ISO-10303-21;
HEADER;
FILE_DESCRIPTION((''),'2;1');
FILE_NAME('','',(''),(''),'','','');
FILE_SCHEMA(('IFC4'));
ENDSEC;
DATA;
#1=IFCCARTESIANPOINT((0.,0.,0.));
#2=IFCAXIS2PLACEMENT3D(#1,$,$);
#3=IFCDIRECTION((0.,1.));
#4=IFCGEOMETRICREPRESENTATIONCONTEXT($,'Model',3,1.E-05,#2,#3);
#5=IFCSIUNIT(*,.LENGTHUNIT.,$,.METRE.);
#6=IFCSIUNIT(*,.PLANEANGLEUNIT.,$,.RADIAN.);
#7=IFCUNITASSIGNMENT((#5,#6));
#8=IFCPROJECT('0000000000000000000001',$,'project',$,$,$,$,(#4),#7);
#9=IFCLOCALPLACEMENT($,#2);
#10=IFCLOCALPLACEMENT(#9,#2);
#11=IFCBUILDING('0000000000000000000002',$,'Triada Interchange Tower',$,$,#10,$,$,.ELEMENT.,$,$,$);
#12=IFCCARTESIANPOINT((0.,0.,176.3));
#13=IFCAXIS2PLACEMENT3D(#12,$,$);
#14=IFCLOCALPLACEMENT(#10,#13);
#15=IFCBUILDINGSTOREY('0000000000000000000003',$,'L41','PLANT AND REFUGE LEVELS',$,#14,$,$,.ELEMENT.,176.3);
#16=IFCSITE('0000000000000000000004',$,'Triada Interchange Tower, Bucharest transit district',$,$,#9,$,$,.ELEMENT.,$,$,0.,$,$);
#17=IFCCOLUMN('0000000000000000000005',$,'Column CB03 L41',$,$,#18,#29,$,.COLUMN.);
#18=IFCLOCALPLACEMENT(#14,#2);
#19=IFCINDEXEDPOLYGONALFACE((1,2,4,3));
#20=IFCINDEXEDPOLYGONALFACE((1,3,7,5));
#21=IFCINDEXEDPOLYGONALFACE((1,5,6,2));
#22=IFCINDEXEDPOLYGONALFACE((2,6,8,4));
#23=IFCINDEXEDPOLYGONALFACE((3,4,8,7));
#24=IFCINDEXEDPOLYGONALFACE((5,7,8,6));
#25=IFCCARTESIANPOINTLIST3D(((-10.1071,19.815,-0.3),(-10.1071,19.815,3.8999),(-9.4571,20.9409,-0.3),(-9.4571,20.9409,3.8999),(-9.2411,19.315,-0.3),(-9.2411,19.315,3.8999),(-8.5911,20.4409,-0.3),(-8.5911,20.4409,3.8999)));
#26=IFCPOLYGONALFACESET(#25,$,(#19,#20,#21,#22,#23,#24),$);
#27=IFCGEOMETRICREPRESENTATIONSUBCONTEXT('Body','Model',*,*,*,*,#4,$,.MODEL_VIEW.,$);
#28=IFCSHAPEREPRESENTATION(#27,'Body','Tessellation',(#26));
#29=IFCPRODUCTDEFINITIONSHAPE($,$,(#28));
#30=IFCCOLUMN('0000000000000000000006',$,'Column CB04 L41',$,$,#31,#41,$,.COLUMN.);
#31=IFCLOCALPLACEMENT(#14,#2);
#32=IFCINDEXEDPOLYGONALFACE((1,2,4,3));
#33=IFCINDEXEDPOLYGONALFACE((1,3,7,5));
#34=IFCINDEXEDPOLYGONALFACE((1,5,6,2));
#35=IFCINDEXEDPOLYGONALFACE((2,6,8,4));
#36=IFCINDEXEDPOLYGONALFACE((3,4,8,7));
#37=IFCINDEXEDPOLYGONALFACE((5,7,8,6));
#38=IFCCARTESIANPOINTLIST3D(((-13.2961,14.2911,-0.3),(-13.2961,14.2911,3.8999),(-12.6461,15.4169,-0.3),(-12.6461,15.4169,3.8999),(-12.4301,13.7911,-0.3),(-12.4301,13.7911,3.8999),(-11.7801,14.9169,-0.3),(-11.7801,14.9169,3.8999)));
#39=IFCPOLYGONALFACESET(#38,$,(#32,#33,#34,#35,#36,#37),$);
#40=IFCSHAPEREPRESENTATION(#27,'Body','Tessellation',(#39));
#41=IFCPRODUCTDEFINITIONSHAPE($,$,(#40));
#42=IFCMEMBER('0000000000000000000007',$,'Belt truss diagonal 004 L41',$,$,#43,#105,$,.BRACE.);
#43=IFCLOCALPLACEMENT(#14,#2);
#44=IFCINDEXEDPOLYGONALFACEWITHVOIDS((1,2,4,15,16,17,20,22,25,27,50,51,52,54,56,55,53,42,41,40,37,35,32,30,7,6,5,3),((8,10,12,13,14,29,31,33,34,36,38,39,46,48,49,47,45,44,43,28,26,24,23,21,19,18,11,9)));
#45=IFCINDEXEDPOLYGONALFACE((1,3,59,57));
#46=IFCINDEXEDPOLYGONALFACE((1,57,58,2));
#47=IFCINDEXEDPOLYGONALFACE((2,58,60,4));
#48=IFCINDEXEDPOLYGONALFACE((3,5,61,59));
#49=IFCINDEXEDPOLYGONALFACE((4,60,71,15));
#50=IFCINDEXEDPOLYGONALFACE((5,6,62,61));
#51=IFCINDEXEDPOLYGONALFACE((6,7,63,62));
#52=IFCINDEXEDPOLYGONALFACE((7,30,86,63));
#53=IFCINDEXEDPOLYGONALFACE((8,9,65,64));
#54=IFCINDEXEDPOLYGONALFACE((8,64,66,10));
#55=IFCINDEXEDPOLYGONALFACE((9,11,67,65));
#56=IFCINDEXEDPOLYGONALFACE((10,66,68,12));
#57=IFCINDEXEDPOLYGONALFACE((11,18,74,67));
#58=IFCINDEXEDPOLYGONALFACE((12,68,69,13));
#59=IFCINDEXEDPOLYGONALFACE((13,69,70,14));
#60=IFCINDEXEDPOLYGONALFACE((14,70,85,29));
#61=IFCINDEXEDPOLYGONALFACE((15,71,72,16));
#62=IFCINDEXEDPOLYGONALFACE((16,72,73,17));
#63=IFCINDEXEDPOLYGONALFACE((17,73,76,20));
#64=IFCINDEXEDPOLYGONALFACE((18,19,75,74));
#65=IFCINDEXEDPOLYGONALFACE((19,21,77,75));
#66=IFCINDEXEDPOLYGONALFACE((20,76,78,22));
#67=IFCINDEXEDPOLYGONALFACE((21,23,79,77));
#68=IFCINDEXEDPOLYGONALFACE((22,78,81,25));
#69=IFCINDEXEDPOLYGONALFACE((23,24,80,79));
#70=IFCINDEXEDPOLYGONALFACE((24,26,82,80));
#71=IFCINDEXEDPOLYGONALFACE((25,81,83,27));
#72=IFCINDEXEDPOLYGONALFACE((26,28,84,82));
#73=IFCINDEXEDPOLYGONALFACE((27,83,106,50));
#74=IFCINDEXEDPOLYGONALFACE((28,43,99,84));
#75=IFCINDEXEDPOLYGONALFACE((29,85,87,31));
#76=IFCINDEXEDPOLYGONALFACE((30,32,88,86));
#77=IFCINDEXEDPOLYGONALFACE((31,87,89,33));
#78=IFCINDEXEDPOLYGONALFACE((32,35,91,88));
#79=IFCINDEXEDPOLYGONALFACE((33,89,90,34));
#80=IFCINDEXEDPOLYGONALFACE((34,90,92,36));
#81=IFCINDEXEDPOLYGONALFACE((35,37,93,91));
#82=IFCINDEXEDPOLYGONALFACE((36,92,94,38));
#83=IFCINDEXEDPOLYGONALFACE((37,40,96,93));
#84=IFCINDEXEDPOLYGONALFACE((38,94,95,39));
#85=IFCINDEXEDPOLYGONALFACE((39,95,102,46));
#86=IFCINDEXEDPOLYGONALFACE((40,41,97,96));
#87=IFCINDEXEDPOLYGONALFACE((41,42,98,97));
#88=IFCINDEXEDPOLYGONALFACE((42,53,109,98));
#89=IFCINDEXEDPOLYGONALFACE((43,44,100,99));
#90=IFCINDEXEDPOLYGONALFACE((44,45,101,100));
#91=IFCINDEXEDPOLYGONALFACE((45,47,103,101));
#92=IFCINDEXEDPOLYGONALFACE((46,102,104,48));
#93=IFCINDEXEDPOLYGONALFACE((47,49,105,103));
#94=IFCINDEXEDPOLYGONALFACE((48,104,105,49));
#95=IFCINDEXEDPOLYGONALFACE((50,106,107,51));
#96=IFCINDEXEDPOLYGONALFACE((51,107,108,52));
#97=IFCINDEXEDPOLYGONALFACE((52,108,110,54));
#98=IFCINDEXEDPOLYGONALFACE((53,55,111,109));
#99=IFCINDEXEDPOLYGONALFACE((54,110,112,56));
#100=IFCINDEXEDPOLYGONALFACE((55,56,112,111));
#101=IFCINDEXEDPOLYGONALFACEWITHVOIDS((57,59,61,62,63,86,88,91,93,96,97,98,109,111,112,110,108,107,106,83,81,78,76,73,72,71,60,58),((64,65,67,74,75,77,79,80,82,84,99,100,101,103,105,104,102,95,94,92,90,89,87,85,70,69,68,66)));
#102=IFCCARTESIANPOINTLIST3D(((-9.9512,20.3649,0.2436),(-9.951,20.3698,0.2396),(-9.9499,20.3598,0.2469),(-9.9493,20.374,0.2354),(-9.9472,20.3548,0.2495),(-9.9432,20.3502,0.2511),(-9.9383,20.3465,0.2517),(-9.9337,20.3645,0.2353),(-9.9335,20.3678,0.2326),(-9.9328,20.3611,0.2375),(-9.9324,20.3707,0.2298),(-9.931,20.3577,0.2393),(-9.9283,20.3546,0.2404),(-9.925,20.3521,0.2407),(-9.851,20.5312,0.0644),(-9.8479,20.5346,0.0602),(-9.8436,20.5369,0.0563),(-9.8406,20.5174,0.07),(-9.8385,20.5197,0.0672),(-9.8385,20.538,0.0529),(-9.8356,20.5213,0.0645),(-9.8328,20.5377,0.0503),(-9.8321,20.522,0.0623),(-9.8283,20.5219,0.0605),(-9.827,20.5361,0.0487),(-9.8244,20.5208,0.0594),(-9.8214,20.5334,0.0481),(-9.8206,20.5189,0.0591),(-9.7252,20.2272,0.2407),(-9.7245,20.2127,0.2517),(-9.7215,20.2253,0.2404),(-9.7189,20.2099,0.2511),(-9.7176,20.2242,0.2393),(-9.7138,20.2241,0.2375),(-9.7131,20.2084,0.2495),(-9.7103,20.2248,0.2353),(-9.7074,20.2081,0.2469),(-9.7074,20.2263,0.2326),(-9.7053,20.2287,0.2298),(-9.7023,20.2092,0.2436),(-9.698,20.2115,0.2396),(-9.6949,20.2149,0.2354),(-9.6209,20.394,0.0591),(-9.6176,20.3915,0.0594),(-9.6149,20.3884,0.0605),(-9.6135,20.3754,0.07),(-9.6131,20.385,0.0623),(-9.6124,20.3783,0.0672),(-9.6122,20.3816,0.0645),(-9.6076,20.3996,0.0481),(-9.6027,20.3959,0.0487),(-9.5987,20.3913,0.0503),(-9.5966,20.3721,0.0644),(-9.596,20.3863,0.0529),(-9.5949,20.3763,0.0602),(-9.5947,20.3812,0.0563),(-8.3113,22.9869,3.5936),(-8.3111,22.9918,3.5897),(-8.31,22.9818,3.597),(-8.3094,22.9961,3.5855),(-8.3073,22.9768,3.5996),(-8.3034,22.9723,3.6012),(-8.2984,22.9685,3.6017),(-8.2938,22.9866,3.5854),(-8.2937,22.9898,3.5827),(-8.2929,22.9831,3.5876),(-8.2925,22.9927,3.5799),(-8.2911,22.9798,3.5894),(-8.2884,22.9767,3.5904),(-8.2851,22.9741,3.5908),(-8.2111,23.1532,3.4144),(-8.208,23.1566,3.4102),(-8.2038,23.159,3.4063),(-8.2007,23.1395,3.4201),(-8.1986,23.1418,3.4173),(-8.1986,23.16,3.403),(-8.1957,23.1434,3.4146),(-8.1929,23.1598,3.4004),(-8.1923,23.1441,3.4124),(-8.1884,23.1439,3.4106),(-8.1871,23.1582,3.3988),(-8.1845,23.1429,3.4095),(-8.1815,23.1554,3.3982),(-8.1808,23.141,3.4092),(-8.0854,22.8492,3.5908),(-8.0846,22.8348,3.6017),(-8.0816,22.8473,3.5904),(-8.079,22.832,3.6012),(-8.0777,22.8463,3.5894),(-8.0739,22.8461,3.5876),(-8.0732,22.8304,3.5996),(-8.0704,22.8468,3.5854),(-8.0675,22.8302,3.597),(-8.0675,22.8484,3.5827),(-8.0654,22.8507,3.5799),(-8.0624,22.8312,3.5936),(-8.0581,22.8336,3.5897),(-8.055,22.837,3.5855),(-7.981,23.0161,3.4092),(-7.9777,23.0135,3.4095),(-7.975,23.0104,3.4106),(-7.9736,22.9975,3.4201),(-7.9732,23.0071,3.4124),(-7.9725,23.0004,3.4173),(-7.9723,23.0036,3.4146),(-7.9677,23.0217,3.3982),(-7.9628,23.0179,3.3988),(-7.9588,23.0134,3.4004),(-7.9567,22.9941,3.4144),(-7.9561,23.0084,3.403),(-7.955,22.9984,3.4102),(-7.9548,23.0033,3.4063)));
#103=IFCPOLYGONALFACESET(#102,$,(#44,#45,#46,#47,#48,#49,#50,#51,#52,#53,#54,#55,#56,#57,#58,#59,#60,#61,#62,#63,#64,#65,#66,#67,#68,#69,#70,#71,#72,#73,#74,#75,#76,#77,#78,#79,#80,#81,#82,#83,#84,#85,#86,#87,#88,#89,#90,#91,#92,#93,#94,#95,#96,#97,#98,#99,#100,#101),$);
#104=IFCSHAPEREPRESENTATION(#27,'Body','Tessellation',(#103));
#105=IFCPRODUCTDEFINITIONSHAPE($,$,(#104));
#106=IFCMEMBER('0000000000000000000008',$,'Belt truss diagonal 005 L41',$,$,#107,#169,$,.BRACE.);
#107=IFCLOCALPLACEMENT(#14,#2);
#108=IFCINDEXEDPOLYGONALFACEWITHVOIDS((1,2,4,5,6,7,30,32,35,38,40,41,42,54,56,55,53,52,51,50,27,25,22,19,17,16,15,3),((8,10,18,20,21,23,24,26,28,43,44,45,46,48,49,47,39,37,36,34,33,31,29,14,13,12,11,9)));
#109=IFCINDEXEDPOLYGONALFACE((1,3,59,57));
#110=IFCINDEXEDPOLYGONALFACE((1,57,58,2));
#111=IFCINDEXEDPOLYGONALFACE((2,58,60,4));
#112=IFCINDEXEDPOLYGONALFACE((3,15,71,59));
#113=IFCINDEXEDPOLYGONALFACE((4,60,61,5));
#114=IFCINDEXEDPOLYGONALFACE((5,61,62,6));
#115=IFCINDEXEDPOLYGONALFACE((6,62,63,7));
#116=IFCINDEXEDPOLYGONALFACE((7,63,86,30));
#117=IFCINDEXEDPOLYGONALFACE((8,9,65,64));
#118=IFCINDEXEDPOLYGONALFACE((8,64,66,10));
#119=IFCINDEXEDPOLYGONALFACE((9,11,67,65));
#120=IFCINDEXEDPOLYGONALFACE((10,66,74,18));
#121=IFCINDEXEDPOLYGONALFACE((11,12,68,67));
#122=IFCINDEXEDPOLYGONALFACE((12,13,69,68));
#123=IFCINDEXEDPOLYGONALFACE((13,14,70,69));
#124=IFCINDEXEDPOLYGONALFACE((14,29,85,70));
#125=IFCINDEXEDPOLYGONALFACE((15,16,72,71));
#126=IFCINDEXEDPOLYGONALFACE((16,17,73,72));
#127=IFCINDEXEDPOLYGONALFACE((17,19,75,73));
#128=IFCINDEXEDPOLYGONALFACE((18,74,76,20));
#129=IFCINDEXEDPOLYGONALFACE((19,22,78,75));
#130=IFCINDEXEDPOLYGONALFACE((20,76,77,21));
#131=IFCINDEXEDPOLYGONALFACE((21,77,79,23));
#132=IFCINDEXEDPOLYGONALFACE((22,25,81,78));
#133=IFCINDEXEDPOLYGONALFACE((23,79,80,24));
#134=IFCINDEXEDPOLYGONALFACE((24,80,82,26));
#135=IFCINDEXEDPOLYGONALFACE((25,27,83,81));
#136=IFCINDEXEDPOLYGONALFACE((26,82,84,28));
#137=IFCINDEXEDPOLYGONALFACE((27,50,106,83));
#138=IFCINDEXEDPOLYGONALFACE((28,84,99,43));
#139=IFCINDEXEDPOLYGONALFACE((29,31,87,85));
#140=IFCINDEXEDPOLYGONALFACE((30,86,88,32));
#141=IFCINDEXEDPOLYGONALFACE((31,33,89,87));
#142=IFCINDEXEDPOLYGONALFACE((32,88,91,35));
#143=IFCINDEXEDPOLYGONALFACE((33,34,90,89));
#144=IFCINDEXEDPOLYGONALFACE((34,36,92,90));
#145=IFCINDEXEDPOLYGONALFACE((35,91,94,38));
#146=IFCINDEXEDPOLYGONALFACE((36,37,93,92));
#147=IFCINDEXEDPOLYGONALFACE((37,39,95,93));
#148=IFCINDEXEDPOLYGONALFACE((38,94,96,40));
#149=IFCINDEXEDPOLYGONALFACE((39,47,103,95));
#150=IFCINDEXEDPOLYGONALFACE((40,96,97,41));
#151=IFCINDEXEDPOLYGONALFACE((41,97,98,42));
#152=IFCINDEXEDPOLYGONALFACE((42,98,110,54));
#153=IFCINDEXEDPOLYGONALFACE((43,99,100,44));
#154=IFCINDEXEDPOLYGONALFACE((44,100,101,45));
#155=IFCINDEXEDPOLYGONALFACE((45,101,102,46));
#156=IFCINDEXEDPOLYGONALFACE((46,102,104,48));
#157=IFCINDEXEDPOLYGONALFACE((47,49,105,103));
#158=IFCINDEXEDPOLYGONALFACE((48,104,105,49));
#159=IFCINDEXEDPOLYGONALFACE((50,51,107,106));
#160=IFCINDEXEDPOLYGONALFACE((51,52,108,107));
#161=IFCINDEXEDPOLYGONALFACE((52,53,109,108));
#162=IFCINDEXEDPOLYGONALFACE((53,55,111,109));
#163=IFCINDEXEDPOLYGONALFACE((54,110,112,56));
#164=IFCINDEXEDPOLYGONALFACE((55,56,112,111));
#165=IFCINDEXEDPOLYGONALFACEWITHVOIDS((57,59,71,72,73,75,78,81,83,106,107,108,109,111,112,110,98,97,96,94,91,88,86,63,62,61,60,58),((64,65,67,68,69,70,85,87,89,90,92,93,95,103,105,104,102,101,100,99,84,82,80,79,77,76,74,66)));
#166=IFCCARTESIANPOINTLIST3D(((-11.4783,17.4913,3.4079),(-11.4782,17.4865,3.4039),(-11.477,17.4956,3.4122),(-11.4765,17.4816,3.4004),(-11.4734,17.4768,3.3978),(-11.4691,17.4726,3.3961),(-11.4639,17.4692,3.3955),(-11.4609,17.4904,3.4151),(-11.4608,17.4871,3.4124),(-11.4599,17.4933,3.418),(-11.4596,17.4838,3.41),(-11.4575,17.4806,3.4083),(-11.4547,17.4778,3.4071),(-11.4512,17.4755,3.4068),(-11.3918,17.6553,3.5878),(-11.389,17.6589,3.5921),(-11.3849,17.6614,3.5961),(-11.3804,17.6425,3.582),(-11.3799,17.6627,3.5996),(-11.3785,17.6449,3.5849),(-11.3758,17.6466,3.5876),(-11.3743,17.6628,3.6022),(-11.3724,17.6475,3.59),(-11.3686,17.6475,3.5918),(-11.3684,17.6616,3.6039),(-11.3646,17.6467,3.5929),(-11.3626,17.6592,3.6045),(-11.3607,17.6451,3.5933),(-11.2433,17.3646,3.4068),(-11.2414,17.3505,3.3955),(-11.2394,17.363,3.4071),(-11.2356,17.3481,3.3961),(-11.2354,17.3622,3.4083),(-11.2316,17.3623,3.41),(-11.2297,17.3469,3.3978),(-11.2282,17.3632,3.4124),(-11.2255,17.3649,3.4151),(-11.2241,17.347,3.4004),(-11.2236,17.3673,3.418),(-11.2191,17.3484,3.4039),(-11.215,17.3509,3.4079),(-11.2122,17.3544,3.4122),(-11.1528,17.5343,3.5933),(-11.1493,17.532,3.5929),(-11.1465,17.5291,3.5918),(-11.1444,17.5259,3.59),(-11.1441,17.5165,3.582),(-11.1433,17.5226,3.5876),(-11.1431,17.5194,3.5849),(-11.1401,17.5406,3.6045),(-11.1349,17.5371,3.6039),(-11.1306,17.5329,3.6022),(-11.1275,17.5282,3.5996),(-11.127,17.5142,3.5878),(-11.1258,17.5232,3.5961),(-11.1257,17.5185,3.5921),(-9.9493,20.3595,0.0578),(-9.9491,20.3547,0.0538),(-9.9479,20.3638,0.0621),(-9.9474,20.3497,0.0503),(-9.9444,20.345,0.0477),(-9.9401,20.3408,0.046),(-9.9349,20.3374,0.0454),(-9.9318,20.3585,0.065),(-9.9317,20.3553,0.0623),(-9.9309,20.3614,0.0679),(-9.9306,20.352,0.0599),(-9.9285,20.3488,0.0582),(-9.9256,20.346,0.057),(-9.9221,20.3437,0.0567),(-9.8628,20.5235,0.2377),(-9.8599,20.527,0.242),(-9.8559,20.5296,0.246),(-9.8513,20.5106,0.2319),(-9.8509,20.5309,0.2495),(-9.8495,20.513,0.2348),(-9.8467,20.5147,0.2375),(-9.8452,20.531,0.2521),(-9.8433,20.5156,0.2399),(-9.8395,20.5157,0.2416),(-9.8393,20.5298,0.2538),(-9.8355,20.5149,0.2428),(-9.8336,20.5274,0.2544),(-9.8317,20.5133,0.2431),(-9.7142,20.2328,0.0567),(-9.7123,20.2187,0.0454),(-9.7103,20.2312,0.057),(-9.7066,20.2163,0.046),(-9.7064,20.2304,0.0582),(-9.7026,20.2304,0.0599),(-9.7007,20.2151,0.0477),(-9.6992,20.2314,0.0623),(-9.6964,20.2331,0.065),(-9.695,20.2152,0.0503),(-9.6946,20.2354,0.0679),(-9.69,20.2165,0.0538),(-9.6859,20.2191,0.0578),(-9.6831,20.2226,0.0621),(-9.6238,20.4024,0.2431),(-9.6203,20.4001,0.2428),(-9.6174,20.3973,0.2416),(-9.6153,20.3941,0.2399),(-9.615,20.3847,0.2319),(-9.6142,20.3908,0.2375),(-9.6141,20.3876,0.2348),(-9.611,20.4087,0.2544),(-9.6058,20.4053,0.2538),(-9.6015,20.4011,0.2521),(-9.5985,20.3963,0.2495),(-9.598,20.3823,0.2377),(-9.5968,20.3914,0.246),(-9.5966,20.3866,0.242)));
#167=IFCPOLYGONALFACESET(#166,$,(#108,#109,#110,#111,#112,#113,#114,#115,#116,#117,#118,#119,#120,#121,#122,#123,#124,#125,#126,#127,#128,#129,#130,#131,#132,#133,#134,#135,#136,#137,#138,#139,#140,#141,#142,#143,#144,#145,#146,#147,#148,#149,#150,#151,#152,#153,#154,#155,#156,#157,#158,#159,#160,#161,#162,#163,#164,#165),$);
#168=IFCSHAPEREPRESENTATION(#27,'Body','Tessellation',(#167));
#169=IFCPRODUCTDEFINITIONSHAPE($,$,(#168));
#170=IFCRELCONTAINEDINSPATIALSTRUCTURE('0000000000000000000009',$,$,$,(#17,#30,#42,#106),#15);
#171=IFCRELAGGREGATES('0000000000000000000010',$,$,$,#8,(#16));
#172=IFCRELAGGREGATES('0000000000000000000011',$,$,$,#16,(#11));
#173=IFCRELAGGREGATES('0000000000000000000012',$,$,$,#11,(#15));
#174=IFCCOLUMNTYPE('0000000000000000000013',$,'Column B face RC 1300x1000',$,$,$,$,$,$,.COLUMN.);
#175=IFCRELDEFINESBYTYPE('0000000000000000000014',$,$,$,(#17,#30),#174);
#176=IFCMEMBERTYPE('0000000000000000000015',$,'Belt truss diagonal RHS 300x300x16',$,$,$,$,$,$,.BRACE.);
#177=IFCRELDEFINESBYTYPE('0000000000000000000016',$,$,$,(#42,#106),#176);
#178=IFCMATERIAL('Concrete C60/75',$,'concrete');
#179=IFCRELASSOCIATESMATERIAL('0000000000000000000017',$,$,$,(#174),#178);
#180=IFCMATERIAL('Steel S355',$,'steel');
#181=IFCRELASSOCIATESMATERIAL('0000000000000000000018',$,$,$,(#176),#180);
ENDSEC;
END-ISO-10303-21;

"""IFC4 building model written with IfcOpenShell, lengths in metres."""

from ifc_helpers import new_model, si_unit, direction, frame, origin, origin_2d, place, context, subcontext, project, spatial, rectangle, hollow_rectangle, extrude, material, material_profile, profile_set, type_object, element, save


model = new_model("IFC4")

# Units and contexts
model_context = context("Model", 3, precision=1e-05, world=origin(), true_north=direction((0.0, 1.0)))
body_context = subcontext(model_context, "Body", "Model", "MODEL_VIEW")
ifc_project = project(units=[si_unit("LENGTHUNIT", "METRE"), si_unit("PLANEANGLEUNIT", "RADIAN")], contexts=[model_context])

# Site, building, storey
site_placement = place(None, origin())
site = spatial("IfcSite", under=ifc_project, at=site_placement, Name="Triada Interchange Tower, Bucharest transit district", CompositionType="ELEMENT", RefElevation=0.0)
building_placement = place(site_placement, origin())
building = spatial("IfcBuilding", under=site, at=building_placement, Name="Triada Interchange Tower", CompositionType="ELEMENT")
storey_placement = place(building_placement, frame((0.0, 0.0, 176.3)))
storey = spatial("IfcBuildingStorey", under=building, at=storey_placement, Name="L41", Description="PLANT AND REFUGE LEVELS", CompositionType="ELEMENT", Elevation=176.3)

# Columns
ifc_material_1 = material(Name="Concrete C60/75", Category="concrete")
ifc_material_profile_1 = material_profile(ifc_material_1, rectangle(XDim=1.3, YDim=1.0, at=origin_2d()), Name="RC 1300x1000")
ifc_profile_set_1 = profile_set([ifc_material_profile_1], Name="Concrete C60/75")
column_type = type_object("IfcColumnType", Name="Column B face RC 1300x1000", PredefinedType="COLUMN", material=ifc_profile_set_1)
for number, where, z_axis, x_axis, name in (
    (1, (-9.3491, 20.1279, -0.3), (0.0, 0.0, 1.0), (0.5, 0.866025, 0.0), "Column CB03 L41"),
    (2, (-12.5381, 14.604, -0.3), (0.0, 0.0, 1.0), (0.5, 0.866025, 0.0), "Column CB04 L41"),
):
    element("IfcColumn", number, at=place(storey_placement, frame(where, z_axis=z_axis, x_axis=x_axis)), inside=storey, type_object=column_type, Name=name, PredefinedType="COLUMN", context=body_context, shape_type="SweptSolid", body=[
        extrude(rectangle(XDim=1.3, YDim=1.0, at=origin_2d()), origin(), (0.0, 0.0, 1.0), 4.2),
    ])

# Members
ifc_material_2 = material(Name="Steel S355", Category="steel")
ifc_material_profile_2 = material_profile(ifc_material_2, hollow_rectangle(XDim=0.3, YDim=0.3, WallThickness=0.0161, InnerFilletRadius=0.0161, OuterFilletRadius=0.0239, at=origin_2d()), Name="RHS 300x300x16")
ifc_profile_set_2 = profile_set([ifc_material_profile_2], Name="Steel S355")
member_type = type_object("IfcMemberType", Name="Belt truss diagonal RHS 300x300x16", PredefinedType="BRACE", material=ifc_profile_set_2)
member_1_placement = place(storey_placement, frame((-9.7729, 20.373, 0.1499), z_axis=(0.359677, 0.575098, 0.734776), x_axis=(-0.847839, 0.530254, 0.0)))
element("IfcMember", 3, at=member_1_placement, inside=storey, type_object=member_type, Name="Belt truss diagonal 004 L41", PredefinedType="BRACE", context=body_context, shape_type="SweptSolid", body=[
    extrude(hollow_rectangle(XDim=0.3, YDim=0.3, WallThickness=0.0161, InnerFilletRadius=0.0161, OuterFilletRadius=0.0239, at=origin_2d()), origin(), (0.0, 0.0, 1.0), 4.5593),
])
member_2_placement = place(storey_placement, frame((-9.7729, 20.373, 0.1499), z_axis=(-0.327581, -0.614469, 0.717718), x_axis=(0.882434, -0.470436, 0.0)))
element("IfcMember", 4, at=member_2_placement, inside=storey, type_object=member_type, Name="Belt truss diagonal 005 L41", PredefinedType="BRACE", context=body_context, shape_type="SweptSolid", body=[
    extrude(hollow_rectangle(XDim=0.3, YDim=0.3, WallThickness=0.0161, InnerFilletRadius=0.0161, OuterFilletRadius=0.0239, at=origin_2d()), origin(), (0.0, 0.0, 1.0), 4.6677),
])

save(model, "model.ifc")
